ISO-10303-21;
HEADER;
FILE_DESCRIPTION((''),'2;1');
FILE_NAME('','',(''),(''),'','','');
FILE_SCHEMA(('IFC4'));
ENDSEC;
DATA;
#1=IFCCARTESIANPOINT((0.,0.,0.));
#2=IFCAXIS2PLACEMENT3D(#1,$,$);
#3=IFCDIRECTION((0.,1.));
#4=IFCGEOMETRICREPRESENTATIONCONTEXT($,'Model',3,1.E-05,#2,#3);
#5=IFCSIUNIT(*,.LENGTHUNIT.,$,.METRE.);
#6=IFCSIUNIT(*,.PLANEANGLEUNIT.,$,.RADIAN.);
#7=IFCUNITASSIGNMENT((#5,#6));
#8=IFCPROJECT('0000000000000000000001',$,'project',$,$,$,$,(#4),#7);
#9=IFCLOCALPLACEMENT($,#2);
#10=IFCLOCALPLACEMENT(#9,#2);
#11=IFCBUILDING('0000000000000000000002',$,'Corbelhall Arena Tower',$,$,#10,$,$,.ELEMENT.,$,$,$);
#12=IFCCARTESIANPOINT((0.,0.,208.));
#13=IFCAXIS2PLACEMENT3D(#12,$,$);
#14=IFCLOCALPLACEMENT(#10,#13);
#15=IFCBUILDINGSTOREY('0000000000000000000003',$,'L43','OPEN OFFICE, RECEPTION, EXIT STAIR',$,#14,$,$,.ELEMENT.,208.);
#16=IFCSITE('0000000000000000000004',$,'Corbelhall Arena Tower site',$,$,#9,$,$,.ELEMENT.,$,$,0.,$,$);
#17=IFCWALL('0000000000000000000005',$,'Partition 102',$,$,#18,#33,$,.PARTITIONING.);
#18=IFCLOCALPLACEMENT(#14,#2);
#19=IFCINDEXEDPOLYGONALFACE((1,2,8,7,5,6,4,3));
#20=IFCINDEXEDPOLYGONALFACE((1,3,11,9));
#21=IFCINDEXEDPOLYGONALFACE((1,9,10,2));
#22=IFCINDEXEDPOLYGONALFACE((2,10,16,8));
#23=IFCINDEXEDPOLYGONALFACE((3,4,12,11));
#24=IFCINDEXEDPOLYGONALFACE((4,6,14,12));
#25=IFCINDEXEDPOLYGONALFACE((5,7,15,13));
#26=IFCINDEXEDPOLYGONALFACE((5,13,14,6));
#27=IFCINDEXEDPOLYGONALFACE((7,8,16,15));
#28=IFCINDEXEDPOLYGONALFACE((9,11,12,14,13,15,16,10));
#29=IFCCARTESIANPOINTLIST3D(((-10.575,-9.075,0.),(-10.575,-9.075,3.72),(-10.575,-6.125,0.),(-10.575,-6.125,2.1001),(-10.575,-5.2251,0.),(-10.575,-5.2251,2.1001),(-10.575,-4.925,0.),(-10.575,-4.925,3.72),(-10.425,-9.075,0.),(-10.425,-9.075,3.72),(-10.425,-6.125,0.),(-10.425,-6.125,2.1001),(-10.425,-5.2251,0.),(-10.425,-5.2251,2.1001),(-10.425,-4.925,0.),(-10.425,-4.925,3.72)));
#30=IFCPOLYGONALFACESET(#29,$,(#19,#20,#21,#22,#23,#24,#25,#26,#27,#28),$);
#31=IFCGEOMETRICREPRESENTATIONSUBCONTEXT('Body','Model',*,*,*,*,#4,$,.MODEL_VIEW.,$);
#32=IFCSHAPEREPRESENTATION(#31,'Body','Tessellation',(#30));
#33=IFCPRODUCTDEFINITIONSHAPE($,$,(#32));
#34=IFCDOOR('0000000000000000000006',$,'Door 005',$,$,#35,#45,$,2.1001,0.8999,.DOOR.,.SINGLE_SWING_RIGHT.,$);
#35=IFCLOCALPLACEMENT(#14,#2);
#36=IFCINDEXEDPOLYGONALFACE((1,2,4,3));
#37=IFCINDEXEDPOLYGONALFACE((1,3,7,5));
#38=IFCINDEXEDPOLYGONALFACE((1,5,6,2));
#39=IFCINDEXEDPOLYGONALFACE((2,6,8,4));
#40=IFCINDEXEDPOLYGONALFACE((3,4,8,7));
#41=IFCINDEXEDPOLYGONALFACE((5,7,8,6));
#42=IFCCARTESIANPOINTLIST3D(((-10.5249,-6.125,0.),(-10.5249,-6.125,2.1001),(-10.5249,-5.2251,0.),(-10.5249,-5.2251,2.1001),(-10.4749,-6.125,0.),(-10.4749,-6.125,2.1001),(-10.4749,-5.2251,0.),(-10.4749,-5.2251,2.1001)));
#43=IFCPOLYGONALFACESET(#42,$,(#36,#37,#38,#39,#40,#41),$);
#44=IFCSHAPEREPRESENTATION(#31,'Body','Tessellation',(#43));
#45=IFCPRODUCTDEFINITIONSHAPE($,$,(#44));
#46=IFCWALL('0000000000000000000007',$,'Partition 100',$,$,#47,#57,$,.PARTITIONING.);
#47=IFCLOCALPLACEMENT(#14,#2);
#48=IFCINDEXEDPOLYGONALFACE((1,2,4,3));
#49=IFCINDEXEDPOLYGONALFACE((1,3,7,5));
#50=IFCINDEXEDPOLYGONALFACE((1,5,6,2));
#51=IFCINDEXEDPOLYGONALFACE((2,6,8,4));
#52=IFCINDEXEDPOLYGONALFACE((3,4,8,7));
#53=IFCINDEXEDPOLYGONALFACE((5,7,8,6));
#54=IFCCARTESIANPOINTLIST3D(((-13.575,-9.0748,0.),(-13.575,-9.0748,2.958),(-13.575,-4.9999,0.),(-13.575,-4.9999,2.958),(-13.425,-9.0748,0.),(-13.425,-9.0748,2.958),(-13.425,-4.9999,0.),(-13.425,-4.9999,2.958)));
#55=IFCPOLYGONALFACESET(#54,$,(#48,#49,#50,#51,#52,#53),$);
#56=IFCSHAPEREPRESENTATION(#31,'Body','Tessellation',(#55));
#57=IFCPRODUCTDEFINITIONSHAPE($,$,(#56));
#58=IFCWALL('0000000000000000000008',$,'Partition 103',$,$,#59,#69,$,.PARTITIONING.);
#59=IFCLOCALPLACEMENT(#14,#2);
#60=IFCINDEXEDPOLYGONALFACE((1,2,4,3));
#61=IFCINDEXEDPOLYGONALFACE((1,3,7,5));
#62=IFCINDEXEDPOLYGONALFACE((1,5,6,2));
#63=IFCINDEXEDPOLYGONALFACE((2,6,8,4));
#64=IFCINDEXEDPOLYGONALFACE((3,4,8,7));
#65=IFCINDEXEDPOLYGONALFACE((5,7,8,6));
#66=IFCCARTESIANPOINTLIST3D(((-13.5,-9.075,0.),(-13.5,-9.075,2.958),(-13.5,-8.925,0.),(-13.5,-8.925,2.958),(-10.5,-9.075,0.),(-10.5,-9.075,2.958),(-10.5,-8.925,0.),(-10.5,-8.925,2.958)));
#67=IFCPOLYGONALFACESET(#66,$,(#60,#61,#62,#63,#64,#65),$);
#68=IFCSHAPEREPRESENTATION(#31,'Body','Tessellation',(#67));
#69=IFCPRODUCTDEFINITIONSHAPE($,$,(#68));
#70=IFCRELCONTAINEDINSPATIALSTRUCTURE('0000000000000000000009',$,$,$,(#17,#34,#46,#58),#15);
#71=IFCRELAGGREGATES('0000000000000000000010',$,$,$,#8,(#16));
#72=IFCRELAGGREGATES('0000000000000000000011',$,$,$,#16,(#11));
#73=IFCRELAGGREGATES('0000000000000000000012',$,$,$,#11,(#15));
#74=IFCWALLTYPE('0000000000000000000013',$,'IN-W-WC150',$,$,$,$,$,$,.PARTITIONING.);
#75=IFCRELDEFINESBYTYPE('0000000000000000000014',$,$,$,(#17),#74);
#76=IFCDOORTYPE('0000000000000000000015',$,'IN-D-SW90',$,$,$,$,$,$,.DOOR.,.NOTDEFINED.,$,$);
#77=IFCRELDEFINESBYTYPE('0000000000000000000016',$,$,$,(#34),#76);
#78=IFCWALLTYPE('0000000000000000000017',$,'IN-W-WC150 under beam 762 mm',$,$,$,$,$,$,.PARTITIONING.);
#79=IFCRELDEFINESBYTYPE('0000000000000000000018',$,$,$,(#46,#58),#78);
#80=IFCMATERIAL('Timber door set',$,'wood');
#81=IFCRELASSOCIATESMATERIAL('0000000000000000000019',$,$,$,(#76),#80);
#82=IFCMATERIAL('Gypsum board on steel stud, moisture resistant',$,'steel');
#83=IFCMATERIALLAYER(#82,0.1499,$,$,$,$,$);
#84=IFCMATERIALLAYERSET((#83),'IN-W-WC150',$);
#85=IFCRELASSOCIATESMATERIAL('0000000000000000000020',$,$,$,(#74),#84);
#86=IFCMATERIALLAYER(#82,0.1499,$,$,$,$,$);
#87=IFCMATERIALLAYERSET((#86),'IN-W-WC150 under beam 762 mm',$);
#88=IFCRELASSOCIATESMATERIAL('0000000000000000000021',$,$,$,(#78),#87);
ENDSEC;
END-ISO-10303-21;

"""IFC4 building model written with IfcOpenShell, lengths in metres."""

from ifc_helpers import new_model, si_unit, direction, frame, frame_2d, origin, place, context, subcontext, project, spatial, rectangle, extrude, material, layer, layer_set, type_object, element, fill, save


model = new_model("IFC4")

# Units and contexts
model_context = context("Model", 3, precision=1e-05, world=origin(), true_north=direction((0.0, 1.0)))
body_context = subcontext(model_context, "Body", "Model", "MODEL_VIEW")
ifc_project = project(units=[si_unit("LENGTHUNIT", "METRE"), si_unit("PLANEANGLEUNIT", "RADIAN")], contexts=[model_context])

# Site, building, storey
site_placement = place(None, origin())
site = spatial("IfcSite", under=ifc_project, at=site_placement, Name="Corbelhall Arena Tower site", CompositionType="ELEMENT", RefElevation=0.0)
building_placement = place(site_placement, origin())
building = spatial("IfcBuilding", under=site, at=building_placement, Name="Corbelhall Arena Tower", CompositionType="ELEMENT")
storey_placement = place(building_placement, frame((0.0, 0.0, 208.0)))
storey = spatial("IfcBuildingStorey", under=building, at=storey_placement, Name="L43", Description="OPEN OFFICE, RECEPTION, EXIT STAIR", CompositionType="ELEMENT", Elevation=208.0)

# Shared definitions
ifc_material_1 = material(Name="Timber door set", Category="wood")
door_type_1 = type_object("IfcDoorType", Name="IN-D-SW90", OperationType="NOTDEFINED", PredefinedType="DOOR", material=ifc_material_1)

# Shared definitions
ifc_material_2 = material(Name="Gypsum board on steel stud, moisture resistant", Category="steel")
ifc_layer_1 = layer(ifc_material_2, 0.1499)
ifc_layer_set_1 = layer_set([ifc_layer_1], Name="IN-W-WC150")
wall_type_1 = type_object("IfcWallType", Name="IN-W-WC150", PredefinedType="PARTITIONING", material=ifc_layer_set_1)

# Wall, opening, door
wall_1_placement = place(storey_placement, frame((-10.5, -9.075, 0.0), z_axis=(0.0, 0.0, 1.0), x_axis=(0.0, 1.0, 0.0)))
wall_1 = element("IfcWall", 1, at=wall_1_placement, inside=storey, type_object=wall_type_1, Name="Partition 102", PredefinedType="PARTITIONING", context=body_context, shape_type="SweptSolid", body=[
    extrude(rectangle(XDim=4.1499, YDim=0.1499, at=frame_2d((2.075, 0.0))), origin(), (0.0, 0.0, 1.0), 3.72),
])
opening_1_placement = place(wall_1_placement, frame((2.95, 0.0, 0.0)))
opening_1 = element("IfcOpeningElement", 2, at=opening_1_placement, cuts=wall_1, PredefinedType="OPENING", context=body_context, shape_type="SweptSolid", body=[
    extrude(rectangle(XDim=0.8999, YDim=2.1001, at=frame_2d((0.45, 1.05))), frame((0.0, 0.075, 0.0), z_axis=(0.0, -1.0, 0.0), x_axis=(1.0, 0.0, 0.0)), (0.0, 0.0, 1.0), 0.1499),
])
door_1_placement = place(opening_1_placement, origin())
door_1 = element("IfcDoor", 3, at=door_1_placement, inside=storey, type_object=door_type_1, Name="Door 005", OperationType="SINGLE_SWING_RIGHT", OverallHeight=2.1001, OverallWidth=0.8999, PredefinedType="DOOR", context=body_context, shape_type="SweptSolid", body=[
    extrude(rectangle(XDim=0.8999, YDim=2.1001, at=frame_2d((0.45, 1.05))), frame((0.0, 0.0249, 0.0), z_axis=(0.0, -1.0, 0.0), x_axis=(1.0, 0.0, 0.0)), (0.0, 0.0, 1.0), 0.05),
])
fill(opening_1, door_1)

# Walls
ifc_layer_2 = layer(ifc_material_2, 0.1499)
ifc_layer_set_2 = layer_set([ifc_layer_2], Name="IN-W-WC150 under beam 762 mm")
wall_type_2 = type_object("IfcWallType", Name="IN-W-WC150 under beam 762 mm", PredefinedType="PARTITIONING", material=ifc_layer_set_2)
wall_2_placement = place(storey_placement, frame((-13.5, -9.075, 0.0), z_axis=(0.0, 0.0, 1.0), x_axis=(0.0, 1.0, 0.0)))
element("IfcWall", 4, at=wall_2_placement, inside=storey, type_object=wall_type_2, Name="Partition 100", PredefinedType="PARTITIONING", context=body_context, shape_type="SweptSolid", body=[
    extrude(rectangle(XDim=4.075, YDim=0.1499, at=frame_2d((2.0376, 0.0))), origin(), (0.0, 0.0, 1.0), 2.958),
])
wall_3_placement = place(storey_placement, frame((-10.5, -9.0, 0.0), z_axis=(0.0, 0.0, 1.0), x_axis=(-1.0, 0.0, 0.0)))
element("IfcWall", 5, at=wall_3_placement, inside=storey, type_object=wall_type_2, Name="Partition 103", PredefinedType="PARTITIONING", context=body_context, shape_type="SweptSolid", body=[
    extrude(rectangle(XDim=3.0, YDim=0.1499, at=frame_2d((1.5, 0.0))), origin(), (0.0, 0.0, 1.0), 2.958),
])

save(model, "model.ifc")
